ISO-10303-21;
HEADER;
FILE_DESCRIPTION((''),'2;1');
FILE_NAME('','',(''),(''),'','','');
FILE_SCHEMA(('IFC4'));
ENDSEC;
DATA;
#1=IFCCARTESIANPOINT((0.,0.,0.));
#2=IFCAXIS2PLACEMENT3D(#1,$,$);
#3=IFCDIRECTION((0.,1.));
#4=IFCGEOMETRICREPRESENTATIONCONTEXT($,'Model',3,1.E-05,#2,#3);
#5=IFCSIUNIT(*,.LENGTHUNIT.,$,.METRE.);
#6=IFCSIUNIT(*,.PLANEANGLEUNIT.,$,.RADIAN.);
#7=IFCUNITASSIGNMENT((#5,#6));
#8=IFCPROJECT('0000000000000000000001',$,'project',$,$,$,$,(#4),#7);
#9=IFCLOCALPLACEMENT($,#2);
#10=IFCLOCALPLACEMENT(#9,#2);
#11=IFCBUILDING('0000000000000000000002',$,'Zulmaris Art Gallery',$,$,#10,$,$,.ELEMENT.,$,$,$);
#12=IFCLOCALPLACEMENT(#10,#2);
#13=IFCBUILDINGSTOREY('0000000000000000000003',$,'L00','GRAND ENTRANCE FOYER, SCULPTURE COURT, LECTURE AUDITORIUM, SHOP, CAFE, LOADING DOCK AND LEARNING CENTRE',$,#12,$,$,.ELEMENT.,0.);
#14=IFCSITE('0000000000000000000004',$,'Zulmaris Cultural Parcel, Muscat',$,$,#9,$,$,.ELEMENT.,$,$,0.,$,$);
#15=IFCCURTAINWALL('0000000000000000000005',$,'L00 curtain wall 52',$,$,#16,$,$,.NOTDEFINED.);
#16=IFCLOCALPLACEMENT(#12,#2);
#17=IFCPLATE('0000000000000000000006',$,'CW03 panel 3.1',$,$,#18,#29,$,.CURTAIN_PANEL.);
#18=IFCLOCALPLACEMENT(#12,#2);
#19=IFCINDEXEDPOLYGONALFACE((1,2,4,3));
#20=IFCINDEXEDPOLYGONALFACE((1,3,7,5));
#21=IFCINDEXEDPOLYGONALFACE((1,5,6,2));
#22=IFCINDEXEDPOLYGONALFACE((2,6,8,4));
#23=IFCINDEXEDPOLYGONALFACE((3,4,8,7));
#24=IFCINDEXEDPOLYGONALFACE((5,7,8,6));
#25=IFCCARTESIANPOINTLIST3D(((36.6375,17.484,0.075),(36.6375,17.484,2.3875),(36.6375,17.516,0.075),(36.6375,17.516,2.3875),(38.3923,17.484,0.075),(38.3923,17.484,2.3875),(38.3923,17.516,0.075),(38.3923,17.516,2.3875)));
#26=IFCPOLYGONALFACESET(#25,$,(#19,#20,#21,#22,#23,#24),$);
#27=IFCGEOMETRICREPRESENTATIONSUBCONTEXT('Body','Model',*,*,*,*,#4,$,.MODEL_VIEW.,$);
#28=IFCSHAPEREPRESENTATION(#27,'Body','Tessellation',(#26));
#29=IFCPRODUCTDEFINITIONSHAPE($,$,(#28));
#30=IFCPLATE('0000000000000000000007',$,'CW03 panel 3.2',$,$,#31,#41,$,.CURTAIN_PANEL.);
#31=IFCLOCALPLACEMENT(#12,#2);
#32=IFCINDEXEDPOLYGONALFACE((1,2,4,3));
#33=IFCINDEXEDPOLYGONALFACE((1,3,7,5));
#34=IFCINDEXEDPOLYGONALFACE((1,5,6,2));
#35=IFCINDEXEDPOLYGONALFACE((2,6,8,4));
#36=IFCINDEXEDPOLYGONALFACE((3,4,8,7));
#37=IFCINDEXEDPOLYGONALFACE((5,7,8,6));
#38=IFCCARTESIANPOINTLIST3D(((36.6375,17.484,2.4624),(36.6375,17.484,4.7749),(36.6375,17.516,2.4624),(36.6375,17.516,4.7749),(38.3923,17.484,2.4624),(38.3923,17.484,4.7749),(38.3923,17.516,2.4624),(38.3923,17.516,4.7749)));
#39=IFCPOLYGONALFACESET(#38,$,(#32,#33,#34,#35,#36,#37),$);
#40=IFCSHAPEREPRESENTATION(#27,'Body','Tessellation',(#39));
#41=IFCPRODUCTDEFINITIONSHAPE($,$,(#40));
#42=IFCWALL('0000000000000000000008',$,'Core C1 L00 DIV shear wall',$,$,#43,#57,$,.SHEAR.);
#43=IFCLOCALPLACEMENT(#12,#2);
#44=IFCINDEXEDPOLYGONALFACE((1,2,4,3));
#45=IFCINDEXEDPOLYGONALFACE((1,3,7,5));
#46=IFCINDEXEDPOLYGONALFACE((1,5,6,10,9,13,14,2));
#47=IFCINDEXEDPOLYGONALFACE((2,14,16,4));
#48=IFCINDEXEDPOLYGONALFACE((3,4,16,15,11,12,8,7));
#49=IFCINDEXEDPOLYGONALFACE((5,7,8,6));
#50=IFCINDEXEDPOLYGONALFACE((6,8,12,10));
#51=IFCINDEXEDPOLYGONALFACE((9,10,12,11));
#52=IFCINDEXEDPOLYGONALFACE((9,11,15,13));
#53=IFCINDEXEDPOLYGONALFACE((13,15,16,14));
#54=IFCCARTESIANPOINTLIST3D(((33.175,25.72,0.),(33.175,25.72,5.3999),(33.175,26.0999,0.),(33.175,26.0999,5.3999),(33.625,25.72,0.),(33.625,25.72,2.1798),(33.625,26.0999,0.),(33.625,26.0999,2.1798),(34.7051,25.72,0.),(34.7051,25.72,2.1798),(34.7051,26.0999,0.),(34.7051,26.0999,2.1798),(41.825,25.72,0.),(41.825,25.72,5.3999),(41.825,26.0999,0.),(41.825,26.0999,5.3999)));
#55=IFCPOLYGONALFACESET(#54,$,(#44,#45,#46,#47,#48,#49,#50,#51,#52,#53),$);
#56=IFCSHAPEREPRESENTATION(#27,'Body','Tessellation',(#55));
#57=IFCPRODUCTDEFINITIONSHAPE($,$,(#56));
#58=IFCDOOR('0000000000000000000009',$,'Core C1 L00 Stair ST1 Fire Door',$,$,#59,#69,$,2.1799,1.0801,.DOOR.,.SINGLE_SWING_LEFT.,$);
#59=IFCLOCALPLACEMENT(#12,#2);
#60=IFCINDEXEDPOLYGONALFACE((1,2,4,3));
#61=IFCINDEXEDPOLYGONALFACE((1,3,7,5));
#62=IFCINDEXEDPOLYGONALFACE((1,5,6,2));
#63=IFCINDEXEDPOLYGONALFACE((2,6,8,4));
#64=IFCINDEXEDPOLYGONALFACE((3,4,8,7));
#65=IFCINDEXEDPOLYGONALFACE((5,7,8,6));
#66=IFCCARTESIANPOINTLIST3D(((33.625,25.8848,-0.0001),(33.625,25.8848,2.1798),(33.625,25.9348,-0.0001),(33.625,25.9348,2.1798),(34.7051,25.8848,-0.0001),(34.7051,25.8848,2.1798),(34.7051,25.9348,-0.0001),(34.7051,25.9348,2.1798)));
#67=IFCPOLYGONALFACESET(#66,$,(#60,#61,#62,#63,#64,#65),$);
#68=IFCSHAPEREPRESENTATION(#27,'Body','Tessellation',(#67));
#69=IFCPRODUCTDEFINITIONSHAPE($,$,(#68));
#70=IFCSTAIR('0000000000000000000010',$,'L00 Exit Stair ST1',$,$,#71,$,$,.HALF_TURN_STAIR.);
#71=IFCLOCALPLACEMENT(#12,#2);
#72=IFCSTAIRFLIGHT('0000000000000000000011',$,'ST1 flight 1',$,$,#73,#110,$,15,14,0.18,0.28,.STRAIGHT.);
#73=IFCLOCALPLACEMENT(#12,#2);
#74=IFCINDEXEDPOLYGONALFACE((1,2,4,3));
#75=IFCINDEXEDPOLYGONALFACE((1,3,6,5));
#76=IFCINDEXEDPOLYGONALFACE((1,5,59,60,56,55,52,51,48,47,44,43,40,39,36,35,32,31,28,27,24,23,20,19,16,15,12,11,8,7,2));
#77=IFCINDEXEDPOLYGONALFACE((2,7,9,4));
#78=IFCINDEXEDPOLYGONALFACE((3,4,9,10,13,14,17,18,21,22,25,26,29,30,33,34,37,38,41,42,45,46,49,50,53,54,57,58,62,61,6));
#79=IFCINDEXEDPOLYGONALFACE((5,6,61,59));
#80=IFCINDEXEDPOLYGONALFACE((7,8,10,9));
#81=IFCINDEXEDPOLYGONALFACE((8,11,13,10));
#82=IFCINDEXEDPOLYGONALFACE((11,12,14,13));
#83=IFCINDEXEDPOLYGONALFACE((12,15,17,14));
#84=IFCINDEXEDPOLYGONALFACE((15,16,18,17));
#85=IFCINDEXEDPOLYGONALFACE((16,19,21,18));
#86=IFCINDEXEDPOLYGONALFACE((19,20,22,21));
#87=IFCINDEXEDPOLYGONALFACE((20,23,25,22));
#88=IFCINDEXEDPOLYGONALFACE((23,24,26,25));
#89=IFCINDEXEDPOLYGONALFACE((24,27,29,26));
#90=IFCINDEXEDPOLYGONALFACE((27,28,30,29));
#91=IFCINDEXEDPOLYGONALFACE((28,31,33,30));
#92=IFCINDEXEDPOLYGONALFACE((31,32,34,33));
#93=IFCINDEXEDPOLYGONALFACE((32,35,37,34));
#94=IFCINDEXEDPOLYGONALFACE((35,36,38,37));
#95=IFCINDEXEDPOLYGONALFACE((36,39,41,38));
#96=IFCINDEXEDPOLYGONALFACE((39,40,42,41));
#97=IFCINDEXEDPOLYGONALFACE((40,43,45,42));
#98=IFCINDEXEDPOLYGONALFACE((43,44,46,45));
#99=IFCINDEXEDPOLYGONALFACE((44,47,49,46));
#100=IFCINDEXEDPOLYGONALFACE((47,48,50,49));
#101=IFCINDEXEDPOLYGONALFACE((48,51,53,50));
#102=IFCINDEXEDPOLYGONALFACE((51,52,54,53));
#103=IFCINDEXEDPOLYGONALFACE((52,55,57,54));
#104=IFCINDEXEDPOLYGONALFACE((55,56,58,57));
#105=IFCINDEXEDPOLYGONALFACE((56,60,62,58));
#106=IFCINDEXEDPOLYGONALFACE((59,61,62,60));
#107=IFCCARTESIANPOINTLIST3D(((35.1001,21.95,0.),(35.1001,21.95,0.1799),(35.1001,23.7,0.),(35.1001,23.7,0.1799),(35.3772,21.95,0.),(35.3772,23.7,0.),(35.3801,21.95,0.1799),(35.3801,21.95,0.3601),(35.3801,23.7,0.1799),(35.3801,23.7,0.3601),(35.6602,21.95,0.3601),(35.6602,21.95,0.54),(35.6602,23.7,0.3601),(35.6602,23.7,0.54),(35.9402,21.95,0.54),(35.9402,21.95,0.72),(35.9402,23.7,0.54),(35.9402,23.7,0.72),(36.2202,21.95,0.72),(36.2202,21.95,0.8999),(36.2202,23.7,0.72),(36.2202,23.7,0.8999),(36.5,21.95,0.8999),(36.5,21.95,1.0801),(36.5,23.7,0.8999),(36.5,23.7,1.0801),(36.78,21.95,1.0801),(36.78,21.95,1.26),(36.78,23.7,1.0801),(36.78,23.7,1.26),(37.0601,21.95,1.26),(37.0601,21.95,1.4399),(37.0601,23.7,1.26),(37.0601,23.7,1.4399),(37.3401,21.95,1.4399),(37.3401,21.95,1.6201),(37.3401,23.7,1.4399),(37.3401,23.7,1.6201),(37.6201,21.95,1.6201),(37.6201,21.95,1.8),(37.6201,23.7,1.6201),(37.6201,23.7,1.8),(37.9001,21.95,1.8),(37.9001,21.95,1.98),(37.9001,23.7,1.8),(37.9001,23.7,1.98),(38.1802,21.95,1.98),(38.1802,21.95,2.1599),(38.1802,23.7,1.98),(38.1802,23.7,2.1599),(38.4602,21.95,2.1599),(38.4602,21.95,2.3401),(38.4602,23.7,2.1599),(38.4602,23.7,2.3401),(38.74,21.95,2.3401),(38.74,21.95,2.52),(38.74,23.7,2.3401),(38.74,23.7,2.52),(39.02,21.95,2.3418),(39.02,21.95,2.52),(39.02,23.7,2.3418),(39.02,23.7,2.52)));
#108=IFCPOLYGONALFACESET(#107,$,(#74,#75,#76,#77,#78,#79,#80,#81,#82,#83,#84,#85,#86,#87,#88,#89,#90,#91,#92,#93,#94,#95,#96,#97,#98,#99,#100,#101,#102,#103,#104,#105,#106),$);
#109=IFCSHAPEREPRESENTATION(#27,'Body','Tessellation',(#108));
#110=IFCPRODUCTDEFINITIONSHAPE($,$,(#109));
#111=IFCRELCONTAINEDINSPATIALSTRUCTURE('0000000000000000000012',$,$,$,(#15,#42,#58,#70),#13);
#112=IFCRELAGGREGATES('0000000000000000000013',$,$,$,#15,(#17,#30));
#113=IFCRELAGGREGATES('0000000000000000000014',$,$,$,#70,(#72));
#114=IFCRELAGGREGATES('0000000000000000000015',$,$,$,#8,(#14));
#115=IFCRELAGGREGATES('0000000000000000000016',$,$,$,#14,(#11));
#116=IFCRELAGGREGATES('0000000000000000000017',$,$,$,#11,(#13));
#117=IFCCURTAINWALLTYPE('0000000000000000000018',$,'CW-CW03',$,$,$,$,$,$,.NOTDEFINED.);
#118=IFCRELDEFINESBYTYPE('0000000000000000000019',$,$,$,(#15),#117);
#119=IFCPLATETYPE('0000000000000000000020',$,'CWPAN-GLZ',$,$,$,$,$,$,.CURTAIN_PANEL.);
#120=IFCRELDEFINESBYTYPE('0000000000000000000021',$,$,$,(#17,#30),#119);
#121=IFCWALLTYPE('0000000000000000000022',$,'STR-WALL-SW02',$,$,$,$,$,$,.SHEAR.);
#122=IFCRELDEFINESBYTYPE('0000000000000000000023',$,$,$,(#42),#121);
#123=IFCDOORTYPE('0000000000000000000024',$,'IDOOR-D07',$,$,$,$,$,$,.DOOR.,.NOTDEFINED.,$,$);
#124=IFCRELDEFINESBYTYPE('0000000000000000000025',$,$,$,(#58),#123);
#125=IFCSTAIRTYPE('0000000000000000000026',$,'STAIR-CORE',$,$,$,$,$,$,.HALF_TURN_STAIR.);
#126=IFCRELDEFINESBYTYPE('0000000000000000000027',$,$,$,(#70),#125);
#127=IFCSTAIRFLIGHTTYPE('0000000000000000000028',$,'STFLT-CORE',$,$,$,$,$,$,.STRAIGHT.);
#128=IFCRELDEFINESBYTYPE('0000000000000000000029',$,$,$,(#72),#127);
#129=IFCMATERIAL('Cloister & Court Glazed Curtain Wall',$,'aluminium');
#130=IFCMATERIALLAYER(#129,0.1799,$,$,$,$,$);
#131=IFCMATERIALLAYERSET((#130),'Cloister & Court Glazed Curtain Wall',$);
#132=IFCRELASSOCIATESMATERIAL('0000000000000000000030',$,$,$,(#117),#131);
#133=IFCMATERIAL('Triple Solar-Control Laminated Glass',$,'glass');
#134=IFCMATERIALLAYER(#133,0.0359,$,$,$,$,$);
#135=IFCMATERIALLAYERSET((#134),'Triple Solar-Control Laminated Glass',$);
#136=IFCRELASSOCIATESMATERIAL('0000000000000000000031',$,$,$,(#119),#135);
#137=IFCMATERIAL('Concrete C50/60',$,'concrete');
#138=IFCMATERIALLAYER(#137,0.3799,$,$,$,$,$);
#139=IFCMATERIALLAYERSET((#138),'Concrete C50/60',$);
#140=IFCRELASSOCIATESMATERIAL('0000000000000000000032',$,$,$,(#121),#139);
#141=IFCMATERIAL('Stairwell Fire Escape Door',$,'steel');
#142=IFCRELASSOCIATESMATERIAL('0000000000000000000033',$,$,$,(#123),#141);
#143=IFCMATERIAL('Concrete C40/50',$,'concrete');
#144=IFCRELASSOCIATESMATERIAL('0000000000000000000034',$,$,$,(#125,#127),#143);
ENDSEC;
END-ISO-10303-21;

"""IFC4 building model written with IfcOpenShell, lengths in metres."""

from ifc_helpers import new_model, si_unit, direction, frame, frame_2d, origin, origin_2d, place, context, subcontext, project, spatial, polyline, rectangle, outline, extrude, material, layer, layer_set, type_object, element, fill, aggregate, save


model = new_model("IFC4")

# Units and contexts
model_context = context("Model", 3, precision=1e-05, world=origin(), true_north=direction((0.0, 1.0)))
body_context = subcontext(model_context, "Body", "Model", "MODEL_VIEW")
ifc_project = project(units=[si_unit("LENGTHUNIT", "METRE"), si_unit("PLANEANGLEUNIT", "RADIAN")], contexts=[model_context])

# Site, building, storey
site_placement = place(None, origin())
site = spatial("IfcSite", under=ifc_project, at=site_placement, Name="Zulmaris Cultural Parcel, Muscat", CompositionType="ELEMENT", RefElevation=0.0)
building_placement = place(site_placement, origin())
building = spatial("IfcBuilding", under=site, at=building_placement, Name="Zulmaris Art Gallery", CompositionType="ELEMENT")
storey_placement = place(building_placement, origin())
storey = spatial("IfcBuildingStorey", under=building, at=storey_placement, Name="L00", Description="GRAND ENTRANCE FOYER, SCULPTURE COURT, LECTURE AUDITORIUM, SHOP, CAFE, LOADING DOCK AND LEARNING CENTRE", CompositionType="ELEMENT", Elevation=0.0)

# Shared definitions
ifc_material_1 = material(Name="Concrete C40/50", Category="concrete")

# Curtain wall, plates
ifc_material_2 = material(Name="Cloister & Court Glazed Curtain Wall", Category="aluminium")
ifc_layer_1 = layer(ifc_material_2, 0.1799)
ifc_layer_set_1 = layer_set([ifc_layer_1], Name="Cloister & Court Glazed Curtain Wall")
curtain_wall_type = type_object("IfcCurtainWallType", Name="CW-CW03", PredefinedType="NOTDEFINED", material=ifc_layer_set_1)
curtain_wall_placement = place(storey_placement, origin())
curtain_wall = element("IfcCurtainWall", 1, at=curtain_wall_placement, inside=storey, type_object=curtain_wall_type, Name="L00 curtain wall 52", PredefinedType="NOTDEFINED")
ifc_material_3 = material(Name="Triple Solar-Control Laminated Glass", Category="glass")
ifc_layer_2 = layer(ifc_material_3, 0.0359)
ifc_layer_set_2 = layer_set([ifc_layer_2], Name="Triple Solar-Control Laminated Glass")
plate_type = type_object("IfcPlateType", Name="CWPAN-GLZ", PredefinedType="CURTAIN_PANEL", material=ifc_layer_set_2)
plate_1_placement = place(storey_placement, frame((37.5149, 17.5, 0.075), z_axis=(0.0, 0.0, 1.0), x_axis=(1.0, 0.0, 0.0)))
plate_1 = element("IfcPlate", 2, at=plate_1_placement, type_object=plate_type, Name="CW03 panel 3.1", PredefinedType="CURTAIN_PANEL", context=body_context, shape_type="SweptSolid", body=[
    extrude(rectangle(XDim=1.7549, YDim=0.032, at=origin_2d()), origin(), (0.0, 0.0, 1.0), 2.3125),
])
plate_2_placement = place(storey_placement, frame((37.5149, 17.5, 2.4624), z_axis=(0.0, 0.0, 1.0), x_axis=(1.0, 0.0, 0.0)))
plate_2 = element("IfcPlate", 3, at=plate_2_placement, type_object=plate_type, Name="CW03 panel 3.2", PredefinedType="CURTAIN_PANEL", context=body_context, shape_type="SweptSolid", body=[
    extrude(rectangle(XDim=1.7549, YDim=0.032, at=origin_2d()), origin(), (0.0, 0.0, 1.0), 2.3125),
])
aggregate(curtain_wall, [plate_1, plate_2])

# Wall, opening, door
ifc_material_4 = material(Name="Concrete C50/60", Category="concrete")
ifc_layer_3 = layer(ifc_material_4, 0.3799)
ifc_layer_set_3 = layer_set([ifc_layer_3], Name="Concrete C50/60")
wall_type = type_object("IfcWallType", Name="STR-WALL-SW02", PredefinedType="SHEAR", material=ifc_layer_set_3)
wall_placement = place(storey_placement, frame((33.175, 25.9099, 0.0), z_axis=(0.0, 0.0, 1.0), x_axis=(1.0, 0.0, 0.0)))
wall = element("IfcWall", 4, at=wall_placement, inside=storey, type_object=wall_type, Name="Core C1 L00 DIV shear wall", PredefinedType="SHEAR", context=body_context, shape_type="SweptSolid", body=[
    extrude(rectangle(XDim=8.6499, YDim=0.3799, at=frame_2d((4.325, 0.0))), origin(), (0.0, 0.0, 1.0), 5.3999),
])
opening_placement = place(wall_placement, frame((0.45, 0.0, 0.0)))
opening = element("IfcOpeningElement", 5, at=opening_placement, cuts=wall, PredefinedType="OPENING", context=body_context, shape_type="SweptSolid", body=[
    extrude(rectangle(XDim=1.0801, YDim=2.1799, at=frame_2d((0.54, 1.0898))), frame((0.0, 0.2, 0.0), z_axis=(0.0, -1.0, 0.0), x_axis=(1.0, 0.0, 0.0)), (0.0, 0.0, 1.0), 0.3999),
])
ifc_material_5 = material(Name="Stairwell Fire Escape Door", Category="steel")
door_type = type_object("IfcDoorType", Name="IDOOR-D07", OperationType="NOTDEFINED", PredefinedType="DOOR", material=ifc_material_5)
door_placement = place(opening_placement, origin())
door = element("IfcDoor", 6, at=door_placement, inside=storey, type_object=door_type, Name="Core C1 L00 Stair ST1 Fire Door", OperationType="SINGLE_SWING_LEFT", OverallHeight=2.1799, OverallWidth=1.0801, PredefinedType="DOOR", context=body_context, shape_type="SweptSolid", body=[
    extrude(rectangle(XDim=1.0801, YDim=2.1799, at=frame_2d((0.54, 1.0898))), frame((0.0, 0.0249, 0.0), z_axis=(0.0, -1.0, 0.0), x_axis=(1.0, 0.0, 0.0)), (0.0, 0.0, 1.0), 0.05),
])
fill(opening, door)

# Stair, stair flight
stair_type = type_object("IfcStairType", Name="STAIR-CORE", PredefinedType="HALF_TURN_STAIR", material=ifc_material_1)
stair_placement = place(storey_placement, origin())
stair = element("IfcStair", 7, at=stair_placement, inside=storey, type_object=stair_type, Name="L00 Exit Stair ST1", PredefinedType="HALF_TURN_STAIR")
stair_flight_type = type_object("IfcStairFlightType", Name="STFLT-CORE", PredefinedType="STRAIGHT", material=ifc_material_1)
stair_flight_placement = place(storey_placement, frame((35.1001, 22.825, 0.0), z_axis=(0.0, 0.0, 1.0), x_axis=(1.0, 0.0, 0.0)))
stair_flight = element("IfcStairFlight", 8, at=stair_flight_placement, type_object=stair_flight_type, Name="ST1 flight 1", NumberOfRisers=15, NumberOfTreads=14, PredefinedType="STRAIGHT", RiserHeight=0.18, TreadLength=0.28, context=body_context, shape_type="SweptSolid", body=[
    extrude(outline(polyline([(0.0, 0.0), (0.0, 0.1799), (0.28, 0.1799), (0.28, 0.3601), (0.5601, 0.3601), (0.5601, 0.54), (0.8401, 0.54), (0.8401, 0.72), (1.1201, 0.72), (1.1201, 0.8999), (1.3999, 0.8999), (1.3999, 1.0801), (1.6799, 1.0801), (1.6799, 1.26), (1.96, 1.26), (1.96, 1.4399), (2.24, 1.4399), (2.24, 1.6201), (2.52, 1.6201), (2.52, 1.8), (2.8, 1.8), (2.8, 1.98), (3.0801, 1.98), (3.0801, 2.1599), (3.3601, 2.1599), (3.3601, 2.3401), (3.6399, 2.3401), (3.6399, 2.52), (3.9199, 2.52), (3.9199, 2.7), (3.9199, 2.3418), (0.2771, 0.0), (0.0, 0.0)])), frame((0.0, 0.875, 0.0), z_axis=(0.0, -1.0, 0.0), x_axis=(1.0, 0.0, 0.0)), (0.0, 0.0, 1.0), 1.75),
])
aggregate(stair, [stair_flight])

save(model, "model.ifc")
